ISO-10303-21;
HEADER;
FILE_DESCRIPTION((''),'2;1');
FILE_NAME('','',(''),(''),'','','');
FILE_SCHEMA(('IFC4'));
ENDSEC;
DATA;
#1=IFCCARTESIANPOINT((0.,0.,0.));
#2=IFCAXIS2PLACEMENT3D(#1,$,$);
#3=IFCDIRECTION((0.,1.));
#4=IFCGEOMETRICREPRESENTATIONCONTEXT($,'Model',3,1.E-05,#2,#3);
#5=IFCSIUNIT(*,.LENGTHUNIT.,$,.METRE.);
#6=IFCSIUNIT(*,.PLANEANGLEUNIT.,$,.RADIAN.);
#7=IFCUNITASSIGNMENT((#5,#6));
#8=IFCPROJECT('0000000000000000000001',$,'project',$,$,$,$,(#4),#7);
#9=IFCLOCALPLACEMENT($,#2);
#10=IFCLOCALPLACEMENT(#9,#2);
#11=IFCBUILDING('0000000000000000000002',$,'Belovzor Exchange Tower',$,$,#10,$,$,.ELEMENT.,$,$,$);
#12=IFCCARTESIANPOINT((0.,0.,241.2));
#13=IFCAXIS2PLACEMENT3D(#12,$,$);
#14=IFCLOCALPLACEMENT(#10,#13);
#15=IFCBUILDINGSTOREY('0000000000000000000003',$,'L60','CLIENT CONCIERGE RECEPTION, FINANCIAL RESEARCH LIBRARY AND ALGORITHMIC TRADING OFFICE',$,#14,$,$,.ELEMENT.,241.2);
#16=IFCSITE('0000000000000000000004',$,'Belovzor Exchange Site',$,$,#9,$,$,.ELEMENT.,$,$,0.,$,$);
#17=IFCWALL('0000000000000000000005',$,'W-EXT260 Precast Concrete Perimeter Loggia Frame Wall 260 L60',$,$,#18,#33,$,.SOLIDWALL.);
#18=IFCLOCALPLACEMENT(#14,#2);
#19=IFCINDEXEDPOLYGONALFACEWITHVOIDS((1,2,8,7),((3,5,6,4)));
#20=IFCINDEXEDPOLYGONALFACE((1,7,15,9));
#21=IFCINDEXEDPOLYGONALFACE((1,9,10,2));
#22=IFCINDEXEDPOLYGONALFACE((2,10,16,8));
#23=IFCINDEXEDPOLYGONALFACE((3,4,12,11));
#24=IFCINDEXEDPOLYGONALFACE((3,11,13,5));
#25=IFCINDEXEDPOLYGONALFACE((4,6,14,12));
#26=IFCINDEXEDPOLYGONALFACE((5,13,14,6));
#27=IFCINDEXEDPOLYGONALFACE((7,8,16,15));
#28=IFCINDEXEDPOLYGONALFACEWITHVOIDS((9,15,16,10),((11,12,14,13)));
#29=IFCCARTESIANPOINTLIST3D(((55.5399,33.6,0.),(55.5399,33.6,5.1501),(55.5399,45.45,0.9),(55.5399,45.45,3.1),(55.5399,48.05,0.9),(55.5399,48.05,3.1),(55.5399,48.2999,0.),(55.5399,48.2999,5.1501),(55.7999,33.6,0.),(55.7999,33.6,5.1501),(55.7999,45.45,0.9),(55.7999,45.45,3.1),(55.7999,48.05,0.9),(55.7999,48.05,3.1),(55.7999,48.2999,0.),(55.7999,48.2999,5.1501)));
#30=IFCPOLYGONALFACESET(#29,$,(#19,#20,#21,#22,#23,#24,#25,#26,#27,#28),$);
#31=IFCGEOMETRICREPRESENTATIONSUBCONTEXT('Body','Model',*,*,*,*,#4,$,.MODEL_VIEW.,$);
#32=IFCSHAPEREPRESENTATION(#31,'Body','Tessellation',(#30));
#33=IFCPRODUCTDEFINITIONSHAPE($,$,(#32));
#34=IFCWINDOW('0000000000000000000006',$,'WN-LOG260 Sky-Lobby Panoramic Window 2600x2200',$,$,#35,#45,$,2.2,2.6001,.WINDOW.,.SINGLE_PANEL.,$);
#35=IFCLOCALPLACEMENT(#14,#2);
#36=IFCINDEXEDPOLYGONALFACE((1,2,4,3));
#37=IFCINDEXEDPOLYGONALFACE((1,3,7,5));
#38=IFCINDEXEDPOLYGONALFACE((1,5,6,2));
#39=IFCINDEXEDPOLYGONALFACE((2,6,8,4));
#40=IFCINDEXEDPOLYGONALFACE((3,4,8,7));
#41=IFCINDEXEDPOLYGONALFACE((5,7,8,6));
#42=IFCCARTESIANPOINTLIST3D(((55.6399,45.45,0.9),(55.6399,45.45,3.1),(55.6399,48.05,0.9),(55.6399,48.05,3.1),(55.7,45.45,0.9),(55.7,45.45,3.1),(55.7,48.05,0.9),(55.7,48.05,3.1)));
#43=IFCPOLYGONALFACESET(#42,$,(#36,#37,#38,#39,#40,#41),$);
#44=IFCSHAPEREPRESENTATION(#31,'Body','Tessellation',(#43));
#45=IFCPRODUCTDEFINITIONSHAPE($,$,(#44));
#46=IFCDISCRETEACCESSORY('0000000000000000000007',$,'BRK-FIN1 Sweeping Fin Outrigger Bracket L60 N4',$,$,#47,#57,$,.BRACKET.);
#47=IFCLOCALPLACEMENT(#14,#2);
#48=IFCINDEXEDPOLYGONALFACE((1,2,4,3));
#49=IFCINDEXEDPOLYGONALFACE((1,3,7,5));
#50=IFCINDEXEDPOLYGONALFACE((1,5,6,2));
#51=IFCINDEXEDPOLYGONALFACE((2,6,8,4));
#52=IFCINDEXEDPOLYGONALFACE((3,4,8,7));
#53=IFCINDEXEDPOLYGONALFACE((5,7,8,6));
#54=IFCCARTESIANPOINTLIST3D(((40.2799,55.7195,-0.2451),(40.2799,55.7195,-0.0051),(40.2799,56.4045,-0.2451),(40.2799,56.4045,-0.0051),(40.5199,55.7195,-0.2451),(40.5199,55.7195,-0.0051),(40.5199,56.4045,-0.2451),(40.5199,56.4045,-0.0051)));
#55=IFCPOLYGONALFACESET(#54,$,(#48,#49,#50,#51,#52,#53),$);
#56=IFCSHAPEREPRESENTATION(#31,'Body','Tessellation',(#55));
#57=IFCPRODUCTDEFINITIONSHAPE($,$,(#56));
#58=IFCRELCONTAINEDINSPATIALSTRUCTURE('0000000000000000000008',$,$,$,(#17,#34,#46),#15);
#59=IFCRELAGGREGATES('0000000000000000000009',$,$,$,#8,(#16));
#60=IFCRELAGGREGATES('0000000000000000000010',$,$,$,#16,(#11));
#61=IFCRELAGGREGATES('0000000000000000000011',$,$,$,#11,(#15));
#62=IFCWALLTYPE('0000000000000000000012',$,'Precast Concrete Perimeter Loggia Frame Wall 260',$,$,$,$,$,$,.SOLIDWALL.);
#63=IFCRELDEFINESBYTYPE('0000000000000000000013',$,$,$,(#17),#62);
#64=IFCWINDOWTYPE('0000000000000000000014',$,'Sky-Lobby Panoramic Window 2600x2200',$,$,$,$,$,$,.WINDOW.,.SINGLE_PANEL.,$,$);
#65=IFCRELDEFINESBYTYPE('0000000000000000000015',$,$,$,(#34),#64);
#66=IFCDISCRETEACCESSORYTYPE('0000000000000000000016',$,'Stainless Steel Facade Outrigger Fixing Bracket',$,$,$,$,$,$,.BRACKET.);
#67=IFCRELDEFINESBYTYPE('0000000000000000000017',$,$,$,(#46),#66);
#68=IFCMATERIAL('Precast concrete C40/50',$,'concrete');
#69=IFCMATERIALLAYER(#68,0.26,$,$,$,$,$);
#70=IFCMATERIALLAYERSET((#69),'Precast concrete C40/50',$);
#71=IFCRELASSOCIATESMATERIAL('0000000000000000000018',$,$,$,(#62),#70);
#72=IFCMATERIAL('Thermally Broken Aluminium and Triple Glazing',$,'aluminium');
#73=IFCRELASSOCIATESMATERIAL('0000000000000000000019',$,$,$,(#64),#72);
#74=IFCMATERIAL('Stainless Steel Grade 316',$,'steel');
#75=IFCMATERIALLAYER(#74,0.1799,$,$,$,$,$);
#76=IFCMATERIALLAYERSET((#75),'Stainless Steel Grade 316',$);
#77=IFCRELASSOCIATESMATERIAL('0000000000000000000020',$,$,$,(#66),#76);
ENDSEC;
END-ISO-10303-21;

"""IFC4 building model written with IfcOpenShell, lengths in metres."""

from ifc_helpers import new_model, si_unit, direction, frame, frame_2d, origin, origin_2d, place, context, subcontext, project, spatial, rectangle, extrude, material, layer, layer_set, type_object, element, fill, save


model = new_model("IFC4")

# Units and contexts
model_context = context("Model", 3, precision=1e-05, world=origin(), true_north=direction((0.0, 1.0)))
body_context = subcontext(model_context, "Body", "Model", "MODEL_VIEW")
ifc_project = project(units=[si_unit("LENGTHUNIT", "METRE"), si_unit("PLANEANGLEUNIT", "RADIAN")], contexts=[model_context])

# Site, building, storey
site_placement = place(None, origin())
site = spatial("IfcSite", under=ifc_project, at=site_placement, Name="Belovzor Exchange Site", CompositionType="ELEMENT", RefElevation=0.0)
building_placement = place(site_placement, origin())
building = spatial("IfcBuilding", under=site, at=building_placement, Name="Belovzor Exchange Tower", CompositionType="ELEMENT")
storey_placement = place(building_placement, frame((0.0, 0.0, 241.2)))
storey = spatial("IfcBuildingStorey", under=building, at=storey_placement, Name="L60", Description="CLIENT CONCIERGE RECEPTION, FINANCIAL RESEARCH LIBRARY AND ALGORITHMIC TRADING OFFICE", CompositionType="ELEMENT", Elevation=241.2)

# Wall, opening, window
ifc_material_1 = material(Name="Precast concrete C40/50", Category="concrete")
ifc_layer_1 = layer(ifc_material_1, 0.26)
ifc_layer_set_1 = layer_set([ifc_layer_1], Name="Precast concrete C40/50")
wall_type_1 = type_object("IfcWallType", Name="Precast Concrete Perimeter Loggia Frame Wall 260", PredefinedType="SOLIDWALL", material=ifc_layer_set_1)
wall_1_placement = place(storey_placement, frame((55.6699, 48.3, 0.0), z_axis=(0.0, 0.0, 1.0), x_axis=(0.0, -1.0, 0.0)))
wall_1 = element("IfcWall", 1, at=wall_1_placement, inside=storey, type_object=wall_type_1, Name="W-EXT260 Precast Concrete Perimeter Loggia Frame Wall 260 L60", PredefinedType="SOLIDWALL", context=body_context, shape_type="SweptSolid", body=[
    extrude(rectangle(XDim=14.7, YDim=0.26, at=frame_2d((7.3501, 0.0))), origin(), (0.0, 0.0, 1.0), 5.1501),
])
opening_1_placement = place(wall_1_placement, frame((0.25, 0.0, 0.8999)))
opening_1 = element("IfcOpeningElement", 2, at=opening_1_placement, cuts=wall_1, PredefinedType="OPENING", context=body_context, shape_type="SweptSolid", body=[
    extrude(rectangle(XDim=2.6001, YDim=2.2, at=frame_2d((1.3, 1.1001))), frame((0.0, 0.1399, 0.0), z_axis=(0.0, -1.0, 0.0), x_axis=(1.0, 0.0, 0.0)), (0.0, 0.0, 1.0), 0.28),
])
ifc_material_2 = material(Name="Thermally Broken Aluminium and Triple Glazing", Category="aluminium")
window_type_1 = type_object("IfcWindowType", Name="Sky-Lobby Panoramic Window 2600x2200", PartitioningType="SINGLE_PANEL", PredefinedType="WINDOW", material=ifc_material_2)
window_1_placement = place(opening_1_placement, origin())
window_1 = element("IfcWindow", 3, at=window_1_placement, inside=storey, type_object=window_type_1, Name="WN-LOG260 Sky-Lobby Panoramic Window 2600x2200", OverallHeight=2.2, OverallWidth=2.6001, PartitioningType="SINGLE_PANEL", PredefinedType="WINDOW", context=body_context, shape_type="SweptSolid", body=[
    extrude(rectangle(XDim=2.6001, YDim=2.2, at=frame_2d((1.3, 1.1001))), frame((0.0, 0.03, 0.0), z_axis=(0.0, -1.0, 0.0), x_axis=(1.0, 0.0, 0.0)), (0.0, 0.0, 1.0), 0.0601),
])
fill(opening_1, window_1)

# Discrete accessory
ifc_material_3 = material(Name="Stainless Steel Grade 316", Category="steel")
ifc_layer_2 = layer(ifc_material_3, 0.1799)
ifc_layer_set_2 = layer_set([ifc_layer_2], Name="Stainless Steel Grade 316")
discrete_accessory_type = type_object("IfcDiscreteAccessoryType", Name="Stainless Steel Facade Outrigger Fixing Bracket", PredefinedType="BRACKET", material=ifc_layer_set_2)
discrete_accessory_placement = place(storey_placement, frame((40.3999, 56.062, -0.2451), z_axis=(0.0, 0.0, 1.0), x_axis=(0.0, 1.0, 0.0)))
element("IfcDiscreteAccessory", 4, at=discrete_accessory_placement, inside=storey, type_object=discrete_accessory_type, Name="BRK-FIN1 Sweeping Fin Outrigger Bracket L60 N4", PredefinedType="BRACKET", context=body_context, shape_type="SweptSolid", body=[
    extrude(rectangle(XDim=0.6851, YDim=0.24, at=origin_2d()), origin(), (0.0, 0.0, 1.0), 0.24),
])

save(model, "model.ifc")
